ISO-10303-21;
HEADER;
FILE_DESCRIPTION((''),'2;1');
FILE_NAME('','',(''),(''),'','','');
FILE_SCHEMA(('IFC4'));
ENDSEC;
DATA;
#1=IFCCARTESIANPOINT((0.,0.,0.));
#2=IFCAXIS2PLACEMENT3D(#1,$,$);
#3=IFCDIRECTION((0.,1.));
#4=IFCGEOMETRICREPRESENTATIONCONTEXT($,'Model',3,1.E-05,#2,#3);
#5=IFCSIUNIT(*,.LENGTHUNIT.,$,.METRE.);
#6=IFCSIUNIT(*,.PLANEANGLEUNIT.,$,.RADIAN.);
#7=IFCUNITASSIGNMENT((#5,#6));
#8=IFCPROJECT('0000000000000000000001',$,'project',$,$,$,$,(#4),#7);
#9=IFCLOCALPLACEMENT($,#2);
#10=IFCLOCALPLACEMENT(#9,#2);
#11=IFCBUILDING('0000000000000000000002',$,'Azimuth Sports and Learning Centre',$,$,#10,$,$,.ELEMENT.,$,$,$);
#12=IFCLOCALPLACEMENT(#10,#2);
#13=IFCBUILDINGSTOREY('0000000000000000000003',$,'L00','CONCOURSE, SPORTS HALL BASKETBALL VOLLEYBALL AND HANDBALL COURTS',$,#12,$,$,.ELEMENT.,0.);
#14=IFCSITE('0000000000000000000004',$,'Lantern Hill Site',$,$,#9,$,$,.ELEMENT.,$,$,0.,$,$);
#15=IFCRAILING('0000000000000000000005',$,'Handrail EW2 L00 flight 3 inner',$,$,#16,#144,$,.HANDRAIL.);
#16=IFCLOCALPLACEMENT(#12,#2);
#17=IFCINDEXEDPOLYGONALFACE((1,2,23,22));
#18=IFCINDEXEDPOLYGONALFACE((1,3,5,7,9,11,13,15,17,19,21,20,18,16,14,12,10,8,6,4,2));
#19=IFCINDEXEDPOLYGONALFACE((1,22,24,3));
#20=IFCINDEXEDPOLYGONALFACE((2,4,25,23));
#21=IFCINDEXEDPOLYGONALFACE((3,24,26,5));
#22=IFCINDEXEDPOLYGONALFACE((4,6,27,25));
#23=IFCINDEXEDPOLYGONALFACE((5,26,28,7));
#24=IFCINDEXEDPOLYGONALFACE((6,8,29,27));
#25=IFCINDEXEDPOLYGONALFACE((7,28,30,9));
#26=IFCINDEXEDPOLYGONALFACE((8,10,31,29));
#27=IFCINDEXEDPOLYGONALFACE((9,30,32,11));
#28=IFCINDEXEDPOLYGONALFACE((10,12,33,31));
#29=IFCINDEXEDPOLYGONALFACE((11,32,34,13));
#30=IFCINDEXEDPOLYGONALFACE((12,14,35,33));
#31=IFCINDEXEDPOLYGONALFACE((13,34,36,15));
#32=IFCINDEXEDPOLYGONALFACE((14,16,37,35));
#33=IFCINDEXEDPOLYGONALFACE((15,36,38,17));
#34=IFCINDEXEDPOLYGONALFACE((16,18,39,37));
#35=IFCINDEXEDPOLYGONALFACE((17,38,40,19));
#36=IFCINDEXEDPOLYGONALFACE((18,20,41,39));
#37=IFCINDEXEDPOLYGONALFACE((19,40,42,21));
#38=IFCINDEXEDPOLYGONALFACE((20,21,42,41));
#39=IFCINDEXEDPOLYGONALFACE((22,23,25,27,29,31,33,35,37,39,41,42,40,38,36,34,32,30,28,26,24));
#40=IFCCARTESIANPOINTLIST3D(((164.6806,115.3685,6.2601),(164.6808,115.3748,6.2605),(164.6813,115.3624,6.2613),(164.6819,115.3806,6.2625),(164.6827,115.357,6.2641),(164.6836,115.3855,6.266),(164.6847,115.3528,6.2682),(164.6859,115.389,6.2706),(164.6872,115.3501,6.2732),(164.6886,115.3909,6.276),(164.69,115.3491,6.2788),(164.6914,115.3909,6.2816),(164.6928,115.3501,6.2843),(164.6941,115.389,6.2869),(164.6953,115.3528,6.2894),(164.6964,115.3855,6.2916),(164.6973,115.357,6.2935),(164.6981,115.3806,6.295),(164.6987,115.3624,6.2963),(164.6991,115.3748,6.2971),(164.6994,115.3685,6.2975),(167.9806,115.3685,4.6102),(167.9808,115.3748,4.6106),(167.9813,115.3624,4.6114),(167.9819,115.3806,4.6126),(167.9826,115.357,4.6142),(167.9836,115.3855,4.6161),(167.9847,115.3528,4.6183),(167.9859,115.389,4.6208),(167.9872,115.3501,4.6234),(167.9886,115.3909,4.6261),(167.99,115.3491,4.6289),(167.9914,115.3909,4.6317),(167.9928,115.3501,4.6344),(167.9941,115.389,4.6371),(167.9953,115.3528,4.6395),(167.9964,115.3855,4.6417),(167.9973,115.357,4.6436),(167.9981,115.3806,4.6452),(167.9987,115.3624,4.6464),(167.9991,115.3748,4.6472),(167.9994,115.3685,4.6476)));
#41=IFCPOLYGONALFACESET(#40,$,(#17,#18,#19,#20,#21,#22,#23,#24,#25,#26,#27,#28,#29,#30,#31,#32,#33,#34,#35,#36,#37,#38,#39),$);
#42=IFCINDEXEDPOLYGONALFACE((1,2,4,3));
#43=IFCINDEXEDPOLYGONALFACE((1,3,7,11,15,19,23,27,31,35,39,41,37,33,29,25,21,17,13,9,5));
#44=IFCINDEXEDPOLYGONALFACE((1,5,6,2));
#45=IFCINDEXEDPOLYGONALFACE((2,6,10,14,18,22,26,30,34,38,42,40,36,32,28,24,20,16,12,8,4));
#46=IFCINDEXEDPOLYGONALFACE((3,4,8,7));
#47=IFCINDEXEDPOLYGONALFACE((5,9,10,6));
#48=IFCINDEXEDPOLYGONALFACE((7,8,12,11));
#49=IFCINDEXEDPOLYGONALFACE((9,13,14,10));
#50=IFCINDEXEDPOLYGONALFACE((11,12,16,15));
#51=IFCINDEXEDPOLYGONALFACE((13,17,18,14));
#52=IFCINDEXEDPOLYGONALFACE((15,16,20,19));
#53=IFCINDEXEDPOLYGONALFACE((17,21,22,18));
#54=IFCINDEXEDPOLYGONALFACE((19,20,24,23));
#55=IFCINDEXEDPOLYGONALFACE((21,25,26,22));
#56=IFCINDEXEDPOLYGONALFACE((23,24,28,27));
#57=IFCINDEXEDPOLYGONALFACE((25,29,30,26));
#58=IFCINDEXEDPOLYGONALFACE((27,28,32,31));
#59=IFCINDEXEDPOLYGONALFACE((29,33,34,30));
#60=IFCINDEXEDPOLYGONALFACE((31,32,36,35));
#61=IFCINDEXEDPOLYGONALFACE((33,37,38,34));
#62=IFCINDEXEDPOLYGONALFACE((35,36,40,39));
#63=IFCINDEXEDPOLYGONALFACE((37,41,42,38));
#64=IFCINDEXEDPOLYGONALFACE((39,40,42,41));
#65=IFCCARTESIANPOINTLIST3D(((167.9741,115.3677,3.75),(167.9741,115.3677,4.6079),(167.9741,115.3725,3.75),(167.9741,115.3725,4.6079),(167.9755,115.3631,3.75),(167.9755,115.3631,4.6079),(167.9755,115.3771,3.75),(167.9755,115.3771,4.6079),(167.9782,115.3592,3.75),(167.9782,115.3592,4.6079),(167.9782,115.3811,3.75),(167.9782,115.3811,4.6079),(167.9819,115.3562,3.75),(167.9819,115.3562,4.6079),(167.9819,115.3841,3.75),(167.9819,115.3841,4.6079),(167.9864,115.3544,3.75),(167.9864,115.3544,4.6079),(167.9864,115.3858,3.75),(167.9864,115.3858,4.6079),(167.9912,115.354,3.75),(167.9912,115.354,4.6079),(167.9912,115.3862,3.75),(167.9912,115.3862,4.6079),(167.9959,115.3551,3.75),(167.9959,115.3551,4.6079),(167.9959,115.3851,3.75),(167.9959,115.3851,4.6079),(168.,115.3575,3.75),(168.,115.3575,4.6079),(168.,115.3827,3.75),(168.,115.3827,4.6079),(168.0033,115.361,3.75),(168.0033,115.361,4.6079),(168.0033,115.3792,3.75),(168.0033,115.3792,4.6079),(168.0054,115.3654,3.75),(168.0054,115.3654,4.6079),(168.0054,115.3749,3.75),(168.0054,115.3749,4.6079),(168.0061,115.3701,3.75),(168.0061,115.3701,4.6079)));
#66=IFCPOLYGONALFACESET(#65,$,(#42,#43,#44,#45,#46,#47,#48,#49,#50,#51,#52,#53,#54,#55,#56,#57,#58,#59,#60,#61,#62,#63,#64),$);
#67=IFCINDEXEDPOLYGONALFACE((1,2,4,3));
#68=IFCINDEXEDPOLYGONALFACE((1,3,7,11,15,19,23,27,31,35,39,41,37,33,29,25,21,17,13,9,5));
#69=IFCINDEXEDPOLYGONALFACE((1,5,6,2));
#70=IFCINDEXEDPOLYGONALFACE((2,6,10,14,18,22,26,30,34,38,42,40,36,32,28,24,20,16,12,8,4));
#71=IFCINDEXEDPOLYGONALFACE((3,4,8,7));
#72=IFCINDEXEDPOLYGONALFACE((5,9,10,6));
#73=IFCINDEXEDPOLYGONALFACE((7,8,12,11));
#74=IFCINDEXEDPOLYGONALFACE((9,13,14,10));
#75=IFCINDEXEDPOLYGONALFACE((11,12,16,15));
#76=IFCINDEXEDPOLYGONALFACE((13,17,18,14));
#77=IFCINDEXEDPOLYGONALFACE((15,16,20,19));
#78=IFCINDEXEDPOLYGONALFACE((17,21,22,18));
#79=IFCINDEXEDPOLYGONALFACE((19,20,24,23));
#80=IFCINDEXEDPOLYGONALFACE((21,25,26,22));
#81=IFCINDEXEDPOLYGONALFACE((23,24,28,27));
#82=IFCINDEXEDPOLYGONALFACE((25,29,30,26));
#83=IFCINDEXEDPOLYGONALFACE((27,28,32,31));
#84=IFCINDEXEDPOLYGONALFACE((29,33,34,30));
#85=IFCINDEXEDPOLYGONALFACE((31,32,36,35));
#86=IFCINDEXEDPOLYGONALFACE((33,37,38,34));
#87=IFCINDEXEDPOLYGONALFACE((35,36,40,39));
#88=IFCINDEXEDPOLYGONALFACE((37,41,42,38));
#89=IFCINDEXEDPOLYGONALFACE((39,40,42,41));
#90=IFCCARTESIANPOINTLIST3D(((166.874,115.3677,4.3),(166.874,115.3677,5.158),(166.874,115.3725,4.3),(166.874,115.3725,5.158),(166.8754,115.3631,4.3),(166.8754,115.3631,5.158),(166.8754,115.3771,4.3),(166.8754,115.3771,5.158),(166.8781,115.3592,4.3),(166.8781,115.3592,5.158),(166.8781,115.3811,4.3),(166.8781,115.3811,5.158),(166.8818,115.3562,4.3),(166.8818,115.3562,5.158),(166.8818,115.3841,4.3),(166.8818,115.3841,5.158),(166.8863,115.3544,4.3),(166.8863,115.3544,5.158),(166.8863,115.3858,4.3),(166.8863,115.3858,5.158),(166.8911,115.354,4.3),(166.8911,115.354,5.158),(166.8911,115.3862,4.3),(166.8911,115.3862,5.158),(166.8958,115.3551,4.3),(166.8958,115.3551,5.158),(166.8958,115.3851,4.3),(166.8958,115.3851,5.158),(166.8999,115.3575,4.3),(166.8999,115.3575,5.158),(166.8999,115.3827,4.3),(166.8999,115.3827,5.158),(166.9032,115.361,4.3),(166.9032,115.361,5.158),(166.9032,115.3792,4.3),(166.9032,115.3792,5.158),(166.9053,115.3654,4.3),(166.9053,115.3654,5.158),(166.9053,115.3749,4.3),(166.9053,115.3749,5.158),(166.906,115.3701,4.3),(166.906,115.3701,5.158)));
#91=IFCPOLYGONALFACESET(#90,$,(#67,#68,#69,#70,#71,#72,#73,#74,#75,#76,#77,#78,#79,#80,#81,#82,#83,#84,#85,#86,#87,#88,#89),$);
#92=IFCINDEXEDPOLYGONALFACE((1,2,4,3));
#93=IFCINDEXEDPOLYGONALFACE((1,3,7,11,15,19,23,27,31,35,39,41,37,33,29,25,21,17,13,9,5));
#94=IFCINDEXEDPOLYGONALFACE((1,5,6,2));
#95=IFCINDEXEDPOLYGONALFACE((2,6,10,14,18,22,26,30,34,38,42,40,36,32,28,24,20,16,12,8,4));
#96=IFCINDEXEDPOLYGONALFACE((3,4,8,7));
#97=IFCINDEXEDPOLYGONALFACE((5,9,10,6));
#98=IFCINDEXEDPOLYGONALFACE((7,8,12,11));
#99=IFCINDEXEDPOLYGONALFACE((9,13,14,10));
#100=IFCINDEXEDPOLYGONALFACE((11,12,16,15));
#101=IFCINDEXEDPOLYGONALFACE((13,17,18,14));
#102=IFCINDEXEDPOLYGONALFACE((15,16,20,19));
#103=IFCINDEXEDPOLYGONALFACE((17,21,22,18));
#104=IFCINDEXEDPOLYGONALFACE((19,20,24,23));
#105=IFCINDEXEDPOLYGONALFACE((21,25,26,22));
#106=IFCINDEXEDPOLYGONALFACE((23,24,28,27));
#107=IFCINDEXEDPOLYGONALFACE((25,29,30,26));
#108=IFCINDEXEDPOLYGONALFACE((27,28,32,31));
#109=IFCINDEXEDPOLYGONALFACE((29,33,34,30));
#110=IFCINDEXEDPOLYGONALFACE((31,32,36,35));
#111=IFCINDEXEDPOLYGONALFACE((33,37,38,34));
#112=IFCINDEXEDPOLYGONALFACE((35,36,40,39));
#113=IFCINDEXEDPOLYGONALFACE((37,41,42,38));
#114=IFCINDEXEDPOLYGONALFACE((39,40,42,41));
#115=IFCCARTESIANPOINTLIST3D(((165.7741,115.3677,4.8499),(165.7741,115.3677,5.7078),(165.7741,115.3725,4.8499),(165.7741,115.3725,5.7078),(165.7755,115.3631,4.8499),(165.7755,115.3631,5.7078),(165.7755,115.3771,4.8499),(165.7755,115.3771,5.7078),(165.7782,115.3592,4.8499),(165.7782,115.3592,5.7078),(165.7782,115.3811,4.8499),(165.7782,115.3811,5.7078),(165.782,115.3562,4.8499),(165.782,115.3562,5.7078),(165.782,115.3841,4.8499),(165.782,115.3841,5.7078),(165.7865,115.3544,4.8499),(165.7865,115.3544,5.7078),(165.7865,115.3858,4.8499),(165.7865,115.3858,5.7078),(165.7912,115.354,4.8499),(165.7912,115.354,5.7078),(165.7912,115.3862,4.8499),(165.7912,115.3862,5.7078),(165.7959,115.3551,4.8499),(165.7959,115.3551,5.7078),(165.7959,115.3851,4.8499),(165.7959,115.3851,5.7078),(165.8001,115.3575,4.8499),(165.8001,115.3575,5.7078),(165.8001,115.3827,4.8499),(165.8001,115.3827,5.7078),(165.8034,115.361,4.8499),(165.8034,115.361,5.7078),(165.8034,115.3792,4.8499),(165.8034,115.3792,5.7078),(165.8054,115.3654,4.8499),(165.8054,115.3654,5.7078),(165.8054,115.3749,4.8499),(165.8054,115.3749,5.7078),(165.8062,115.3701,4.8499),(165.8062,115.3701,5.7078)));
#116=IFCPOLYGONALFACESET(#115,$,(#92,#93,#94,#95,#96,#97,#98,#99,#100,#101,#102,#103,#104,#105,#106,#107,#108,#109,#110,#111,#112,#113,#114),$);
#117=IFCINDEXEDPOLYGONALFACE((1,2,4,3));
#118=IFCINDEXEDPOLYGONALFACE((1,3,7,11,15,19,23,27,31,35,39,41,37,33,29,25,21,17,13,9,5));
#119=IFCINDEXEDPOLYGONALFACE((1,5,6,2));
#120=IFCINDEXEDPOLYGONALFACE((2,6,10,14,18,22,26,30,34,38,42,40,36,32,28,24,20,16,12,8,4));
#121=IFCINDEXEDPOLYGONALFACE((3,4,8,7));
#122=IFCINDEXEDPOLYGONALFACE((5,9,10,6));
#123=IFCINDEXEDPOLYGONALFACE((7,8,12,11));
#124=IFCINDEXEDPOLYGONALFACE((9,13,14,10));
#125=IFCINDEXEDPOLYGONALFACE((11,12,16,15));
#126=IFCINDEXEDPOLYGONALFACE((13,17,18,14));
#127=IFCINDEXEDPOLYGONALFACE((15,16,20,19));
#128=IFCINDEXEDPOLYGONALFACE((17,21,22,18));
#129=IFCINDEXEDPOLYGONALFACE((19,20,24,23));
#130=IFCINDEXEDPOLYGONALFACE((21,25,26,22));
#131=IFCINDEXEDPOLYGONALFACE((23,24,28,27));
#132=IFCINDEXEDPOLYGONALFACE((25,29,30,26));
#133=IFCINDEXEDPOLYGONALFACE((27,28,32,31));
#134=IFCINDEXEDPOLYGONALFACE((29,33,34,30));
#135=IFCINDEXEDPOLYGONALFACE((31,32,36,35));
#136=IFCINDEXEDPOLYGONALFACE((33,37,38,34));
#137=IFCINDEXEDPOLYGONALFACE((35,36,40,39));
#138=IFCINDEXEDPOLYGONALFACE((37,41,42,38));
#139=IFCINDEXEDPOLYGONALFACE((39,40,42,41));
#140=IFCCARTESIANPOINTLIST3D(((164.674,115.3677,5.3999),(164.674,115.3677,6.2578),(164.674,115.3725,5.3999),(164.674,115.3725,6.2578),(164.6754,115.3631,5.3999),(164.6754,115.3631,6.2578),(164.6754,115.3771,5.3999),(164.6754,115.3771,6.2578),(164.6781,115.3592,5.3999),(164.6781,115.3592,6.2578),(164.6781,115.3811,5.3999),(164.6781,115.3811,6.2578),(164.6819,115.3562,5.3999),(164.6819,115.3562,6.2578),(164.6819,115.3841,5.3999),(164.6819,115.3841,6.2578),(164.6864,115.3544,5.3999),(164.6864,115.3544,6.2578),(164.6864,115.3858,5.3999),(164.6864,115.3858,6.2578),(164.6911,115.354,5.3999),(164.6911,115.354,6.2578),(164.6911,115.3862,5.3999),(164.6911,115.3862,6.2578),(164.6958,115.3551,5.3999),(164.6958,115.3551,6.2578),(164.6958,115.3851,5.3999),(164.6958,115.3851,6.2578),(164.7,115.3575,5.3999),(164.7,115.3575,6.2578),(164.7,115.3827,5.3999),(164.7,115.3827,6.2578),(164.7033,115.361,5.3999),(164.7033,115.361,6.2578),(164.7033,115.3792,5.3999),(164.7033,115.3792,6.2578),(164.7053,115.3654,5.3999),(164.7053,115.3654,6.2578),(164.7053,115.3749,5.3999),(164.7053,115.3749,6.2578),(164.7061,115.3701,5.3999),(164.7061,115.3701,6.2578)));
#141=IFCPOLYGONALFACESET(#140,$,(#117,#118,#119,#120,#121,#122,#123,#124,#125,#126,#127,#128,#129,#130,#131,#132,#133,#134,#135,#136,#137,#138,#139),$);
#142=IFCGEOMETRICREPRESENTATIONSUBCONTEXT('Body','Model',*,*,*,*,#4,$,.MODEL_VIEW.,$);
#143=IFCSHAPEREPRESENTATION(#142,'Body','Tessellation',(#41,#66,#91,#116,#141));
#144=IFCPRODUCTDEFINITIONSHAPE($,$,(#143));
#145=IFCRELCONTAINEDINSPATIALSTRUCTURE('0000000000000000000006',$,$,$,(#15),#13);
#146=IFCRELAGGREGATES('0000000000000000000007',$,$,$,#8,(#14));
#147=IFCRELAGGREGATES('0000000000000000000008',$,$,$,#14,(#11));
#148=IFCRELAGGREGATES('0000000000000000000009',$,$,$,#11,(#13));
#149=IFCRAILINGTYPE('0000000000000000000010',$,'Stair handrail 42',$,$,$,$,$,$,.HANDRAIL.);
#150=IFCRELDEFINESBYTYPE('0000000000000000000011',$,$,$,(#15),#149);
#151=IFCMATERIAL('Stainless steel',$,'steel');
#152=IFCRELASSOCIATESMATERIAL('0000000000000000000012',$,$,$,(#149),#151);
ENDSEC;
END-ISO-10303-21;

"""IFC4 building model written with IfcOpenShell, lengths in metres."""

from ifc_helpers import new_model, si_unit, direction, frame, origin, origin_2d, place, context, subcontext, project, spatial, circle, extrude, material, type_object, element, save


model = new_model("IFC4")

# Units and contexts
model_context = context("Model", 3, precision=1e-05, world=origin(), true_north=direction((0.0, 1.0)))
body_context = subcontext(model_context, "Body", "Model", "MODEL_VIEW")
ifc_project = project(units=[si_unit("LENGTHUNIT", "METRE"), si_unit("PLANEANGLEUNIT", "RADIAN")], contexts=[model_context])

# Site, building, storey
site_placement = place(None, origin())
site = spatial("IfcSite", under=ifc_project, at=site_placement, Name="Lantern Hill Site", CompositionType="ELEMENT", RefElevation=0.0)
building_placement = place(site_placement, origin())
building = spatial("IfcBuilding", under=site, at=building_placement, Name="Azimuth Sports and Learning Centre", CompositionType="ELEMENT")
storey_placement = place(building_placement, origin())
storey = spatial("IfcBuildingStorey", under=building, at=storey_placement, Name="L00", Description="CONCOURSE, SPORTS HALL BASKETBALL VOLLEYBALL AND HANDBALL COURTS", CompositionType="ELEMENT", Elevation=0.0)

# Railing
ifc_material_1 = material(Name="Stainless steel", Category="steel")
railing_type = type_object("IfcRailingType", Name="Stair handrail 42", PredefinedType="HANDRAIL", material=ifc_material_1)
for number, where, name in (
    (1, (167.99, 115.3701, 3.75), "Handrail EW2 L00 flight 3 inner"),
):
    element("IfcRailing", number, at=place(storey_placement, frame(where)), inside=storey, type_object=railing_type, Name=name, PredefinedType="HANDRAIL", context=body_context, shape_type="SweptSolid", body=[
        extrude(circle(Radius=0.021, at=origin_2d()), frame((0.0, 0.0, 0.8789), z_axis=(-0.89444, 0.0, 0.447187), x_axis=(0.0, -1.0, 0.0)), (0.0, 0.0, 1.0), 3.6895),
        extrude(circle(Radius=0.0161, at=origin_2d()), origin(), (0.0, 0.0, 1.0), 0.8579),
        extrude(circle(Radius=0.0161, at=origin_2d()), frame((-1.1001, 0.0, 0.55)), (0.0, 0.0, 1.0), 0.8579),
        extrude(circle(Radius=0.0161, at=origin_2d()), frame((-2.2, 0.0, 1.0999)), (0.0, 0.0, 1.0), 0.8579),
        extrude(circle(Radius=0.0161, at=origin_2d()), frame((-3.3, 0.0, 1.6499)), (0.0, 0.0, 1.0), 0.8579),
    ])

save(model, "model.ifc")
